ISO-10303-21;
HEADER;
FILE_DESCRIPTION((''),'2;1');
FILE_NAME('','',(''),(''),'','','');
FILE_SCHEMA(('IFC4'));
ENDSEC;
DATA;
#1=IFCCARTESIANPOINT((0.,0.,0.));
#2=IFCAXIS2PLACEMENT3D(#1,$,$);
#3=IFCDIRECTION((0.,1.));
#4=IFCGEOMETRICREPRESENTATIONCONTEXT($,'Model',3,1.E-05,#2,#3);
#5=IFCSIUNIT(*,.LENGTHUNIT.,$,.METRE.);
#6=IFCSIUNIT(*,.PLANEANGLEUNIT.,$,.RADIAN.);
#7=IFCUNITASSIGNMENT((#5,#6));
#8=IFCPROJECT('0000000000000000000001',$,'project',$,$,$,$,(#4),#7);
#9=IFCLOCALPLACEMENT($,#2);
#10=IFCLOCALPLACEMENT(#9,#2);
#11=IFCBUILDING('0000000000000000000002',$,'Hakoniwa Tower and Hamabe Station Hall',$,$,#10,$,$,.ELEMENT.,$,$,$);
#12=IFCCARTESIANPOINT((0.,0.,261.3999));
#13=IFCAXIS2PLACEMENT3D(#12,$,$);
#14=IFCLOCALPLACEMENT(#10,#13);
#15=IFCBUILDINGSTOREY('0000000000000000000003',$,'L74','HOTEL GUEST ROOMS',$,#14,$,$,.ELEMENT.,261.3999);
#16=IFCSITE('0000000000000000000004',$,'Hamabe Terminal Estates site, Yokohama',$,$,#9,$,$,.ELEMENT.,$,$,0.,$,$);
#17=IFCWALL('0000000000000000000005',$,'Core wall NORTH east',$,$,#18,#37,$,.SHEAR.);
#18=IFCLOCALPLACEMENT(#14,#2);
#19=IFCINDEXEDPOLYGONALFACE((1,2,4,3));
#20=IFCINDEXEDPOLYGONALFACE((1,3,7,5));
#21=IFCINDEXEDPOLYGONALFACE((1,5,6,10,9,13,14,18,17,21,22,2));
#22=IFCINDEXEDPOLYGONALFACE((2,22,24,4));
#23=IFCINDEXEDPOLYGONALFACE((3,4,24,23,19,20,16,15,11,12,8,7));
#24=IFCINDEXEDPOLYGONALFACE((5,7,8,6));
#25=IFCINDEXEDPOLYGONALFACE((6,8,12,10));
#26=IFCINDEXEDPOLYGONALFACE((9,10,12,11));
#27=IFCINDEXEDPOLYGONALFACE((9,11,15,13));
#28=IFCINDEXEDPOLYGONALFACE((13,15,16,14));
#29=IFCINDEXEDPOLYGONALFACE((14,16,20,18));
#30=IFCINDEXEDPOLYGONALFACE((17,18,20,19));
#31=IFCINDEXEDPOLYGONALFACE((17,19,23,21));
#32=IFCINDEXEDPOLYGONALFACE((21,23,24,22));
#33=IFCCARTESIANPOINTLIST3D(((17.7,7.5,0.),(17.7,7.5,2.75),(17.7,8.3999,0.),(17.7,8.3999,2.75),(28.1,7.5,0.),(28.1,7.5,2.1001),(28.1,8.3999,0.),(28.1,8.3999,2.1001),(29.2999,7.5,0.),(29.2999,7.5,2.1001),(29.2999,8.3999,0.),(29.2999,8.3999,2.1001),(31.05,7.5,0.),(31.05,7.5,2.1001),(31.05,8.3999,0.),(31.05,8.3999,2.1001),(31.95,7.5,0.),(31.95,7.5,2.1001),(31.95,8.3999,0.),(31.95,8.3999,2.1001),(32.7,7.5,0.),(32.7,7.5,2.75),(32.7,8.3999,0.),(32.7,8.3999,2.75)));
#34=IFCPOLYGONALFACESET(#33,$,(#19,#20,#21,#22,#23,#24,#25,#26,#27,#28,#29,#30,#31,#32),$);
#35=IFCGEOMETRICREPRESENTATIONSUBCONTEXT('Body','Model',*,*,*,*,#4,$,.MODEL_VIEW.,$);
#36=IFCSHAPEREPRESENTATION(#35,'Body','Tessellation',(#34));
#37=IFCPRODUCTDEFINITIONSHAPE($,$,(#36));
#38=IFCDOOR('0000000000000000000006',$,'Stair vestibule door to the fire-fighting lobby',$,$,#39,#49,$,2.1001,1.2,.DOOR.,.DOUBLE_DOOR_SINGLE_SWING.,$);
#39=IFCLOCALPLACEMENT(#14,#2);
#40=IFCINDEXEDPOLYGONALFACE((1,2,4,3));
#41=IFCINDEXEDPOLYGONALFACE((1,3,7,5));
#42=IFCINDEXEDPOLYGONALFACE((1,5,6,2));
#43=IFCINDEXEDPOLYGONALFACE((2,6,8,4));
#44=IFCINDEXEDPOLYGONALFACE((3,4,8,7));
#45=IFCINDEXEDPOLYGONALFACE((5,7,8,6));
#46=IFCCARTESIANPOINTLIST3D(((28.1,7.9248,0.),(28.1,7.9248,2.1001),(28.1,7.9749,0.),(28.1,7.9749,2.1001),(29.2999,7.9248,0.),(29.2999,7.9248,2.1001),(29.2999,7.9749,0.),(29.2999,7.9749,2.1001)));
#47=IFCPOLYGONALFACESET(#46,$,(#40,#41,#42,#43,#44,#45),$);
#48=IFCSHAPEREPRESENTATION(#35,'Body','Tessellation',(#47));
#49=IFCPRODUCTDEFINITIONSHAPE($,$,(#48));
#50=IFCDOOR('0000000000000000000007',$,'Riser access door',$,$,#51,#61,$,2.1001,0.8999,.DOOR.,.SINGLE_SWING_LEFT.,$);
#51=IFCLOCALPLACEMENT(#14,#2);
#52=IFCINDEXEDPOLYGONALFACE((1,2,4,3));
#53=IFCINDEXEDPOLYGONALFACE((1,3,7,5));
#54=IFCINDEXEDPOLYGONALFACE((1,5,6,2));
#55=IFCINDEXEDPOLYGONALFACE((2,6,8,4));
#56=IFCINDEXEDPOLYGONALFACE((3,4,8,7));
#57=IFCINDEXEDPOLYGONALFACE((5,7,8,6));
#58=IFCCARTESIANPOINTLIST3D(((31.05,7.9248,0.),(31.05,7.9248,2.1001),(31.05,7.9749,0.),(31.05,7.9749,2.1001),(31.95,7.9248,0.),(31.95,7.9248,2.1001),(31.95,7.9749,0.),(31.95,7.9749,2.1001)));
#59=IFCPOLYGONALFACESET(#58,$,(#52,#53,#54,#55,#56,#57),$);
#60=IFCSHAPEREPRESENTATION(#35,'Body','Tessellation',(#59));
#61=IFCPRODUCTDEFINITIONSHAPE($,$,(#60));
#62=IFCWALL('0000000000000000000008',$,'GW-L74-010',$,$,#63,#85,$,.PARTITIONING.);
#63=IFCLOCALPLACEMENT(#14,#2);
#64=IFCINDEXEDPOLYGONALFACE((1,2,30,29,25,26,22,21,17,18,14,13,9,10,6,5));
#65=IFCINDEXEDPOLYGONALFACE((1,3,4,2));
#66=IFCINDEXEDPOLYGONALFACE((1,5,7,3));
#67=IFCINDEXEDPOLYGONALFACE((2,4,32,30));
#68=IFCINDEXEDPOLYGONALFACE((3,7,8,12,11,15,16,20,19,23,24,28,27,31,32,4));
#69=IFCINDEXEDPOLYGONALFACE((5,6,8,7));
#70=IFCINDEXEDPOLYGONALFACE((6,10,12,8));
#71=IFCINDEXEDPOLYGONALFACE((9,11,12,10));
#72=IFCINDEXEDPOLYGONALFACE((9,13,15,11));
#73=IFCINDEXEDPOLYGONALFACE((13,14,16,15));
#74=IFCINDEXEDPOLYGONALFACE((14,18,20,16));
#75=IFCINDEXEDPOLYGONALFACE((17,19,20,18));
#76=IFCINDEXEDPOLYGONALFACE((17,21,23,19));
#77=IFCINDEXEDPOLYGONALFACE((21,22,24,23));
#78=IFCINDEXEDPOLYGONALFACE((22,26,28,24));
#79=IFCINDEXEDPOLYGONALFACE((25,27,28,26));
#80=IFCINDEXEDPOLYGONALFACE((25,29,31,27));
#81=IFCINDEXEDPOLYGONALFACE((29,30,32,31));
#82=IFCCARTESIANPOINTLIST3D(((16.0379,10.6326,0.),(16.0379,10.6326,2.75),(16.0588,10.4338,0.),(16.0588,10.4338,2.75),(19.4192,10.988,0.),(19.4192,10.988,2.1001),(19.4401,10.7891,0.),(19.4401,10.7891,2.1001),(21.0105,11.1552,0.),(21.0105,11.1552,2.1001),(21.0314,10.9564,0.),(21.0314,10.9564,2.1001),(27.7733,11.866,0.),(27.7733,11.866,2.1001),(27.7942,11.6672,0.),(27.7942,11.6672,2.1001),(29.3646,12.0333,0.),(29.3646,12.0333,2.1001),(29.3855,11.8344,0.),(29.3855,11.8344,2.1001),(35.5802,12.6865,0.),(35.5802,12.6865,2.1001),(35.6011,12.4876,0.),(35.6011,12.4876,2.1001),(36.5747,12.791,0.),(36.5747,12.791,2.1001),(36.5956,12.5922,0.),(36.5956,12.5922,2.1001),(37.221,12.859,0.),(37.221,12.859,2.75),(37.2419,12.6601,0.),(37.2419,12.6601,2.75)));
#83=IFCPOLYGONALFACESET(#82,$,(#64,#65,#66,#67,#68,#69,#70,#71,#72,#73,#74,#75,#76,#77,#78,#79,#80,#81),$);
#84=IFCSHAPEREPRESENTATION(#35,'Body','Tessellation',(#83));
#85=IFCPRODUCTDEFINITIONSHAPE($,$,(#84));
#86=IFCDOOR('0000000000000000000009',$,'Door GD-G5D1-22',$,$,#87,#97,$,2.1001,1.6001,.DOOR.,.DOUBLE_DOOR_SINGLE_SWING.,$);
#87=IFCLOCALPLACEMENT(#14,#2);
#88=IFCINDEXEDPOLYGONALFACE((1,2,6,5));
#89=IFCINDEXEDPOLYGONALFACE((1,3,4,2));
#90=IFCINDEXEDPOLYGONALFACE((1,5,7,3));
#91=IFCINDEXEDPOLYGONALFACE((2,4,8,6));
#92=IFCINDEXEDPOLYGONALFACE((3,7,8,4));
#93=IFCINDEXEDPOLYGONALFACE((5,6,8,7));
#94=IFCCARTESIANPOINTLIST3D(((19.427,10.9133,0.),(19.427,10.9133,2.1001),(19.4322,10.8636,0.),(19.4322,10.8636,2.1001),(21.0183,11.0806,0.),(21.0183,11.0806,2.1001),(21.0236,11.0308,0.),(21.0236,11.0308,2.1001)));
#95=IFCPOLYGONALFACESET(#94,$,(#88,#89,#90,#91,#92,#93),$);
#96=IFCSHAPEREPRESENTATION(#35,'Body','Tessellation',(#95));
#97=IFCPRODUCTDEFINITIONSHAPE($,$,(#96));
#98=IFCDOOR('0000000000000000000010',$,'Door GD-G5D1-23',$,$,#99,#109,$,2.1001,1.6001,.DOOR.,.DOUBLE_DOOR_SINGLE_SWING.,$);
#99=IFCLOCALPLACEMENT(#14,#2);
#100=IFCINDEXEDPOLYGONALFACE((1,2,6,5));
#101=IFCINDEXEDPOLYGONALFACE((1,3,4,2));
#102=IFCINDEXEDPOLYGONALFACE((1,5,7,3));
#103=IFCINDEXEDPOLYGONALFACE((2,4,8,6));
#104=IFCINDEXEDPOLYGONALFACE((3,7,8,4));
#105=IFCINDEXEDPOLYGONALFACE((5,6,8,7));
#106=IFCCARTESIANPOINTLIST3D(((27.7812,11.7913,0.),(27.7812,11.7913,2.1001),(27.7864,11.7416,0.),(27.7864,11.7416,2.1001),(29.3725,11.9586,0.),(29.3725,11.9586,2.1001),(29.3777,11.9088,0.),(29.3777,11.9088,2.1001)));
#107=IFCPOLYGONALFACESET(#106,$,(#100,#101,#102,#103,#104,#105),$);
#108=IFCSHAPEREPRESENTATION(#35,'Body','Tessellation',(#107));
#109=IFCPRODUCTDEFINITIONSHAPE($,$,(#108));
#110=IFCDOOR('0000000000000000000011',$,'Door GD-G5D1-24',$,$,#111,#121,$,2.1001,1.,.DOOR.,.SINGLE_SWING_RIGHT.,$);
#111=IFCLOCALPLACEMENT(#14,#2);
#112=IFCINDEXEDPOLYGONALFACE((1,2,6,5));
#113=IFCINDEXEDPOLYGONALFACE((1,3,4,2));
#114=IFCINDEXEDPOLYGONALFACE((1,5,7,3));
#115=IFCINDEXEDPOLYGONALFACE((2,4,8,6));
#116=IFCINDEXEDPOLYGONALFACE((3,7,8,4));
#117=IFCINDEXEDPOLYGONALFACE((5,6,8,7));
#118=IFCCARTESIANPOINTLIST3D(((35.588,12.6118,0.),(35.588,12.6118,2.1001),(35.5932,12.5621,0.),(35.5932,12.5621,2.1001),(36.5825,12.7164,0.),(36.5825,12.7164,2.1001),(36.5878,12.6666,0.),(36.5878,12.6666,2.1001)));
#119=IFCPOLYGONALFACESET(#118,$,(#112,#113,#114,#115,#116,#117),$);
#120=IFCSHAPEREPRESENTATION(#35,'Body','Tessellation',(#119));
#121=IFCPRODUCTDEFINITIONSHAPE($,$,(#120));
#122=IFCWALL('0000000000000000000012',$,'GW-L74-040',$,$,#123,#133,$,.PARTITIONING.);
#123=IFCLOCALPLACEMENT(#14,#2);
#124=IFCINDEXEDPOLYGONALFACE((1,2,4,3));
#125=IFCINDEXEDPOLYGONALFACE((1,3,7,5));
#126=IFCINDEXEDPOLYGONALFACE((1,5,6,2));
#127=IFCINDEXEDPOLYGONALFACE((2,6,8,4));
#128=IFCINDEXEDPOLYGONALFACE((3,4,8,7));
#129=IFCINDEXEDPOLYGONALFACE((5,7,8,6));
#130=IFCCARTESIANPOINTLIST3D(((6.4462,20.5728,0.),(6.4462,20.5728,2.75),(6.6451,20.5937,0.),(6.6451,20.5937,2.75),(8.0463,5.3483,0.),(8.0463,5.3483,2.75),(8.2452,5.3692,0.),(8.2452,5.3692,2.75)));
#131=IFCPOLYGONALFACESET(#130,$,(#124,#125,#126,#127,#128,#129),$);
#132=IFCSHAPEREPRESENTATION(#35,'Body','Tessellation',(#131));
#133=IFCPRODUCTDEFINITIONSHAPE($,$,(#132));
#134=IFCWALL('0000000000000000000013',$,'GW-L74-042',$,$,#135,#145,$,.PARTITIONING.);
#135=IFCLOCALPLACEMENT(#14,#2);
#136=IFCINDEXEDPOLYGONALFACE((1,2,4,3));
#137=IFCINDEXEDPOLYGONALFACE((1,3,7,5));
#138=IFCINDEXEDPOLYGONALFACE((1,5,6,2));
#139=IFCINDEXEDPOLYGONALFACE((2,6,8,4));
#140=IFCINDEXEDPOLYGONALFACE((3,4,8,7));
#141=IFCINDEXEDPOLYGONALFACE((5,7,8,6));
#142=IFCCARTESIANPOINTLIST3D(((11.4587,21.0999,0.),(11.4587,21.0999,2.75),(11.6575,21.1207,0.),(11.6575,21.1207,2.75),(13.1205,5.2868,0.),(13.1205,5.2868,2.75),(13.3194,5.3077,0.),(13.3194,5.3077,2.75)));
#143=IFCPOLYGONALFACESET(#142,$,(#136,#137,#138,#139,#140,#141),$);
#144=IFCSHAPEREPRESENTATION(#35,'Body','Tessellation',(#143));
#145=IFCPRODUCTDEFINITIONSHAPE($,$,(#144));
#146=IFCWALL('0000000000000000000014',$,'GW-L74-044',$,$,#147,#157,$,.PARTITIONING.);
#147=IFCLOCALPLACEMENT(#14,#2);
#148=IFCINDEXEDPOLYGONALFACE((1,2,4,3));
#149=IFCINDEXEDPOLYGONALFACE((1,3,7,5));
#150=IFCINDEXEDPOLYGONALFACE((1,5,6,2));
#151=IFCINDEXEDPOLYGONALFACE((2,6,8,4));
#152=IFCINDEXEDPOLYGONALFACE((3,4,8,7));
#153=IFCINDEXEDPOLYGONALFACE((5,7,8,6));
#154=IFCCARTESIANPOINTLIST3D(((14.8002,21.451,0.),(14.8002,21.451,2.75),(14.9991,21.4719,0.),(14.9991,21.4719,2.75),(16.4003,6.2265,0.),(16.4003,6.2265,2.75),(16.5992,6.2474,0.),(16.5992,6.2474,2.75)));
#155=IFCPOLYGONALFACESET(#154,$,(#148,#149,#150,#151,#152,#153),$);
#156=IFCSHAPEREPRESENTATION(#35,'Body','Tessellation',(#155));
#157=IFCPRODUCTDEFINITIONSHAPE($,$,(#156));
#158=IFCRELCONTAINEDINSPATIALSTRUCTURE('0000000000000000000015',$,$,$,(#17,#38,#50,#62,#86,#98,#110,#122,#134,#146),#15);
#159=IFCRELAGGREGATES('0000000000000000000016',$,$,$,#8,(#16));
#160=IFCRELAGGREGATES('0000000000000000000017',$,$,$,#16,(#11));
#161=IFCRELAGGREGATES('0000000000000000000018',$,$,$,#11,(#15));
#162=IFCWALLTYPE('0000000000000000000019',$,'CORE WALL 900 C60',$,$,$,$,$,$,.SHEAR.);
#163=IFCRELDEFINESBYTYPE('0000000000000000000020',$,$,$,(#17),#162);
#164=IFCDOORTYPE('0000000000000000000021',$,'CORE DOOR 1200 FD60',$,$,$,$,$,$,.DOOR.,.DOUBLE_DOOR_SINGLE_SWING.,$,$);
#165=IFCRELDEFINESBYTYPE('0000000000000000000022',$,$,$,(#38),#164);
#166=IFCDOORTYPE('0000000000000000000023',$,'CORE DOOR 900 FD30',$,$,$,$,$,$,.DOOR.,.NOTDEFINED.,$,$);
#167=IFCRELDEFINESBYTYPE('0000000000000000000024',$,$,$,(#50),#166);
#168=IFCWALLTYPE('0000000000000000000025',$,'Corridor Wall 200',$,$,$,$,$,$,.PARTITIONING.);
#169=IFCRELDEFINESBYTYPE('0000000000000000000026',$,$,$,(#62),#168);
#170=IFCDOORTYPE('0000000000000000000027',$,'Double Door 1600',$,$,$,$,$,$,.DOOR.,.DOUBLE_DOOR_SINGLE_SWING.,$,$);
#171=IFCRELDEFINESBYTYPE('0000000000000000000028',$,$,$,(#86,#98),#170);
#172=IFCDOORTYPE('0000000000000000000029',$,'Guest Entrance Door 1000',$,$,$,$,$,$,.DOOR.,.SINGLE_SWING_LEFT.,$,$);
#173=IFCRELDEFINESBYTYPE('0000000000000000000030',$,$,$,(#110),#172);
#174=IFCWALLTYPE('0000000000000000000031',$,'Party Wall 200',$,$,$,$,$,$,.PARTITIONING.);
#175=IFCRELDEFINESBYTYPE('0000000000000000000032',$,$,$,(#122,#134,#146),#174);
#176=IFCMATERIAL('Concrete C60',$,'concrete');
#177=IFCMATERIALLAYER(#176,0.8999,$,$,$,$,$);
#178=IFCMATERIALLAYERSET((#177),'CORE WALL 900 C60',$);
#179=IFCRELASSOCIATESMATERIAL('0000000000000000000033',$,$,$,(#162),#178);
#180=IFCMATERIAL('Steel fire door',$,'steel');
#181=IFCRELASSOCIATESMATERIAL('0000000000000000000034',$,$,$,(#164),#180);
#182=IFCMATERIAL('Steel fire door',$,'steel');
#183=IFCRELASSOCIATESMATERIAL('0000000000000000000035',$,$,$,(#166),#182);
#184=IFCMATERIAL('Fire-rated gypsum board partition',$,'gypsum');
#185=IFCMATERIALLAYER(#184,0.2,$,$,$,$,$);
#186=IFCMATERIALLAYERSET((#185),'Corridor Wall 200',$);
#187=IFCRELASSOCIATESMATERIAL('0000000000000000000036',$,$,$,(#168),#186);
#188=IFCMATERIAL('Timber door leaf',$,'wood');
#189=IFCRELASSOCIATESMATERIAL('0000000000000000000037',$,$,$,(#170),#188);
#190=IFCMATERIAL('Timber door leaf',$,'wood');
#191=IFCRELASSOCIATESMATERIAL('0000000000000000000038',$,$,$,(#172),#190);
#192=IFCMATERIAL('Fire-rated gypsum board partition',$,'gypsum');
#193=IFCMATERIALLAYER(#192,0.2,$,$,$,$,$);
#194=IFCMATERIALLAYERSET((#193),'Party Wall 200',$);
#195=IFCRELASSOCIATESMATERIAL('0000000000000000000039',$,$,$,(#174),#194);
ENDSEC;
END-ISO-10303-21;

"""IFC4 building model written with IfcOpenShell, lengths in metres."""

from ifc_helpers import new_model, si_unit, direction, frame, frame_2d, origin, place, context, subcontext, project, spatial, rectangle, extrude, material, layer, layer_set, type_object, element, fill, save


model = new_model("IFC4")

# Units and contexts
model_context = context("Model", 3, precision=1e-05, world=origin(), true_north=direction((0.0, 1.0)))
body_context = subcontext(model_context, "Body", "Model", "MODEL_VIEW")
ifc_project = project(units=[si_unit("LENGTHUNIT", "METRE"), si_unit("PLANEANGLEUNIT", "RADIAN")], contexts=[model_context])

# Site, building, storey
site_placement = place(None, origin())
site = spatial("IfcSite", under=ifc_project, at=site_placement, Name="Hamabe Terminal Estates site, Yokohama", CompositionType="ELEMENT", RefElevation=0.0)
building_placement = place(site_placement, origin())
building = spatial("IfcBuilding", under=site, at=building_placement, Name="Hakoniwa Tower and Hamabe Station Hall", CompositionType="ELEMENT")
storey_placement = place(building_placement, frame((0.0, 0.0, 261.3999)))
storey = spatial("IfcBuildingStorey", under=building, at=storey_placement, Name="L74", Description="HOTEL GUEST ROOMS", CompositionType="ELEMENT", Elevation=261.3999)

# Walls, openings, doors
ifc_material_1 = material(Name="Concrete C60", Category="concrete")
ifc_layer_1 = layer(ifc_material_1, 0.8999)
ifc_layer_set_1 = layer_set([ifc_layer_1], Name="CORE WALL 900 C60")
wall_type_1 = type_object("IfcWallType", Name="CORE WALL 900 C60", PredefinedType="SHEAR", material=ifc_layer_set_1)
wall_1_placement = place(storey_placement, frame((17.7, 7.95, 0.0), z_axis=(0.0, 0.0, 1.0), x_axis=(1.0, 0.0, 0.0)))
wall_1 = element("IfcWall", 1, at=wall_1_placement, inside=storey, type_object=wall_type_1, Name="Core wall NORTH east", PredefinedType="SHEAR", context=body_context, shape_type="SweptSolid", body=[
    extrude(rectangle(XDim=15.0, YDim=0.8999, at=frame_2d((7.5, 0.0))), origin(), (0.0, 0.0, 1.0), 2.75),
])
opening_1_placement = place(wall_1_placement, frame((10.3999, 0.0, 0.0)))
opening_1 = element("IfcOpeningElement", 2, at=opening_1_placement, cuts=wall_1, PredefinedType="OPENING", context=body_context, shape_type="SweptSolid", body=[
    extrude(rectangle(XDim=1.2, YDim=2.1001, at=frame_2d((0.6001, 1.05))), frame((0.0, 0.46, 0.0), z_axis=(0.0, -1.0, 0.0), x_axis=(1.0, 0.0, 0.0)), (0.0, 0.0, 1.0), 0.9199),
])
opening_2_placement = place(wall_1_placement, frame((13.3501, 0.0, 0.0)))
opening_2 = element("IfcOpeningElement", 3, at=opening_2_placement, cuts=wall_1, PredefinedType="OPENING", context=body_context, shape_type="SweptSolid", body=[
    extrude(rectangle(XDim=0.8999, YDim=2.1001, at=frame_2d((0.45, 1.05))), frame((0.0, 0.46, 0.0), z_axis=(0.0, -1.0, 0.0), x_axis=(1.0, 0.0, 0.0)), (0.0, 0.0, 1.0), 0.9199),
])
ifc_material_2 = material(Name="Steel fire door", Category="steel")
door_type_1 = type_object("IfcDoorType", Name="CORE DOOR 1200 FD60", OperationType="DOUBLE_DOOR_SINGLE_SWING", PredefinedType="DOOR", material=ifc_material_2)
door_1_placement = place(opening_1_placement, origin())
door_1 = element("IfcDoor", 4, at=door_1_placement, inside=storey, type_object=door_type_1, Name="Stair vestibule door to the fire-fighting lobby", OperationType="DOUBLE_DOOR_SINGLE_SWING", OverallHeight=2.1001, OverallWidth=1.2, PredefinedType="DOOR", context=body_context, shape_type="SweptSolid", body=[
    extrude(rectangle(XDim=1.2, YDim=2.1001, at=frame_2d((0.6001, 1.05))), frame((0.0, 0.0249, 0.0), z_axis=(0.0, -1.0, 0.0), x_axis=(1.0, 0.0, 0.0)), (0.0, 0.0, 1.0), 0.05),
])
fill(opening_1, door_1)
ifc_material_3 = material(Name="Steel fire door", Category="steel")
door_type_2 = type_object("IfcDoorType", Name="CORE DOOR 900 FD30", OperationType="NOTDEFINED", PredefinedType="DOOR", material=ifc_material_3)
door_2_placement = place(opening_2_placement, origin())
door_2 = element("IfcDoor", 5, at=door_2_placement, inside=storey, type_object=door_type_2, Name="Riser access door", OperationType="SINGLE_SWING_LEFT", OverallHeight=2.1001, OverallWidth=0.8999, PredefinedType="DOOR", context=body_context, shape_type="SweptSolid", body=[
    extrude(rectangle(XDim=0.8999, YDim=2.1001, at=frame_2d((0.45, 1.05))), frame((0.0, 0.0249, 0.0), z_axis=(0.0, -1.0, 0.0), x_axis=(1.0, 0.0, 0.0)), (0.0, 0.0, 1.0), 0.05),
])
fill(opening_2, door_2)
ifc_material_4 = material(Name="Fire-rated gypsum board partition", Category="gypsum")
ifc_layer_2 = layer(ifc_material_4, 0.2)
ifc_layer_set_2 = layer_set([ifc_layer_2], Name="Corridor Wall 200")
wall_type_2 = type_object("IfcWallType", Name="Corridor Wall 200", PredefinedType="PARTITIONING", material=ifc_layer_set_2)
wall_2_placement = place(storey_placement, frame((16.0483, 10.5332, 0.0), z_axis=(0.0, 0.0, 1.0), x_axis=(0.994522, 0.104523, 0.0)))
wall_2 = element("IfcWall", 6, at=wall_2_placement, inside=storey, type_object=wall_type_2, Name="GW-L74-010", PredefinedType="PARTITIONING", context=body_context, shape_type="SweptSolid", body=[
    extrude(rectangle(XDim=21.2998, YDim=0.2, at=frame_2d((10.6499, 0.0))), origin(), (0.0, 0.0, 1.0), 2.75),
])
opening_3_placement = place(wall_2_placement, frame((3.3999, 0.0, 0.0)))
opening_3 = element("IfcOpeningElement", 7, at=opening_3_placement, cuts=wall_2, PredefinedType="OPENING", context=body_context, shape_type="SweptSolid", body=[
    extrude(rectangle(XDim=1.6001, YDim=2.1001, at=frame_2d((0.8, 1.05))), frame((0.0, 0.1099, 0.0), z_axis=(0.0, -1.0, 0.0), x_axis=(1.0, 0.0, 0.0)), (0.0, 0.0, 1.0), 0.22),
])
opening_4_placement = place(wall_2_placement, frame((11.8, 0.0, 0.0)))
opening_4 = element("IfcOpeningElement", 8, at=opening_4_placement, cuts=wall_2, PredefinedType="OPENING", context=body_context, shape_type="SweptSolid", body=[
    extrude(rectangle(XDim=1.6001, YDim=2.1001, at=frame_2d((0.8, 1.05))), frame((0.0, 0.1099, 0.0), z_axis=(0.0, -1.0, 0.0), x_axis=(1.0, 0.0, 0.0)), (0.0, 0.0, 1.0), 0.22),
])
opening_5_placement = place(wall_2_placement, frame((19.6499, 0.0, 0.0)))
opening_5 = element("IfcOpeningElement", 9, at=opening_5_placement, cuts=wall_2, PredefinedType="OPENING", context=body_context, shape_type="SweptSolid", body=[
    extrude(rectangle(XDim=1.0, YDim=2.1001, at=frame_2d((0.5, 1.05))), frame((0.0, 0.1099, 0.0), z_axis=(0.0, -1.0, 0.0), x_axis=(1.0, 0.0, 0.0)), (0.0, 0.0, 1.0), 0.22),
])
ifc_material_5 = material(Name="Timber door leaf", Category="wood")
door_type_3 = type_object("IfcDoorType", Name="Double Door 1600", OperationType="DOUBLE_DOOR_SINGLE_SWING", PredefinedType="DOOR", material=ifc_material_5)
door_3_placement = place(opening_3_placement, origin())
door_3 = element("IfcDoor", 10, at=door_3_placement, inside=storey, type_object=door_type_3, Name="Door GD-G5D1-22", OperationType="DOUBLE_DOOR_SINGLE_SWING", OverallHeight=2.1001, OverallWidth=1.6001, PredefinedType="DOOR", context=body_context, shape_type="SweptSolid", body=[
    extrude(rectangle(XDim=1.6001, YDim=2.1001, at=frame_2d((0.8, 1.05))), frame((0.0, 0.0249, 0.0), z_axis=(0.0, -1.0, 0.0), x_axis=(1.0, 0.0, 0.0)), (0.0, 0.0, 1.0), 0.05),
])
fill(opening_3, door_3)
door_4_placement = place(opening_4_placement, origin())
door_4 = element("IfcDoor", 11, at=door_4_placement, inside=storey, type_object=door_type_3, Name="Door GD-G5D1-23", OperationType="DOUBLE_DOOR_SINGLE_SWING", OverallHeight=2.1001, OverallWidth=1.6001, PredefinedType="DOOR", context=body_context, shape_type="SweptSolid", body=[
    extrude(rectangle(XDim=1.6001, YDim=2.1001, at=frame_2d((0.8, 1.05))), frame((0.0, 0.0249, 0.0), z_axis=(0.0, -1.0, 0.0), x_axis=(1.0, 0.0, 0.0)), (0.0, 0.0, 1.0), 0.05),
])
fill(opening_4, door_4)
ifc_material_6 = material(Name="Timber door leaf", Category="wood")
door_type_4 = type_object("IfcDoorType", Name="Guest Entrance Door 1000", OperationType="SINGLE_SWING_LEFT", PredefinedType="DOOR", material=ifc_material_6)
door_5_placement = place(opening_5_placement, origin())
door_5 = element("IfcDoor", 12, at=door_5_placement, inside=storey, type_object=door_type_4, Name="Door GD-G5D1-24", OperationType="SINGLE_SWING_RIGHT", OverallHeight=2.1001, OverallWidth=1.0, PredefinedType="DOOR", context=body_context, shape_type="SweptSolid", body=[
    extrude(rectangle(XDim=1.0, YDim=2.1001, at=frame_2d((0.5, 1.05))), frame((0.0, 0.0249, 0.0), z_axis=(0.0, -1.0, 0.0), x_axis=(1.0, 0.0, 0.0)), (0.0, 0.0, 1.0), 0.05),
])
fill(opening_5, door_5)

# Walls
ifc_material_7 = material(Name="Fire-rated gypsum board partition", Category="gypsum")
ifc_layer_3 = layer(ifc_material_7, 0.2)
ifc_layer_set_3 = layer_set([ifc_layer_3], Name="Party Wall 200")
wall_type_3 = type_object("IfcWallType", Name="Party Wall 200", PredefinedType="PARTITIONING", material=ifc_layer_set_3)
wall_3_placement = place(storey_placement, frame((8.1458, 5.3586, 0.0), z_axis=(0.0, 0.0, 1.0), x_axis=(-0.104524, 0.994522, 0.0)))
element("IfcWall", 13, at=wall_3_placement, inside=storey, type_object=wall_type_3, Name="GW-L74-040", PredefinedType="PARTITIONING", context=body_context, shape_type="SweptSolid", body=[
    extrude(rectangle(XDim=15.3083, YDim=0.2, at=frame_2d((7.6543, 0.0))), origin(), (0.0, 0.0, 1.0), 2.75),
])
wall_4_placement = place(storey_placement, frame((13.22, 5.2971, 0.0), z_axis=(0.0, 0.0, 1.0), x_axis=(-0.104519, 0.994523, 0.0)))
element("IfcWall", 14, at=wall_4_placement, inside=storey, type_object=wall_type_3, Name="GW-L74-042", PredefinedType="PARTITIONING", context=body_context, shape_type="SweptSolid", body=[
    extrude(rectangle(XDim=15.9001, YDim=0.2, at=frame_2d((7.9502, 0.0))), origin(), (0.0, 0.0, 1.0), 2.75),
])
wall_5_placement = place(storey_placement, frame((16.4998, 6.2368, 0.0), z_axis=(0.0, 0.0, 1.0), x_axis=(-0.104524, 0.994522, 0.0)))
element("IfcWall", 15, at=wall_5_placement, inside=storey, type_object=wall_type_3, Name="GW-L74-044", PredefinedType="PARTITIONING", context=body_context, shape_type="SweptSolid", body=[
    extrude(rectangle(XDim=15.3083, YDim=0.2, at=frame_2d((7.6543, 0.0))), origin(), (0.0, 0.0, 1.0), 2.75),
])

save(model, "model.ifc")
